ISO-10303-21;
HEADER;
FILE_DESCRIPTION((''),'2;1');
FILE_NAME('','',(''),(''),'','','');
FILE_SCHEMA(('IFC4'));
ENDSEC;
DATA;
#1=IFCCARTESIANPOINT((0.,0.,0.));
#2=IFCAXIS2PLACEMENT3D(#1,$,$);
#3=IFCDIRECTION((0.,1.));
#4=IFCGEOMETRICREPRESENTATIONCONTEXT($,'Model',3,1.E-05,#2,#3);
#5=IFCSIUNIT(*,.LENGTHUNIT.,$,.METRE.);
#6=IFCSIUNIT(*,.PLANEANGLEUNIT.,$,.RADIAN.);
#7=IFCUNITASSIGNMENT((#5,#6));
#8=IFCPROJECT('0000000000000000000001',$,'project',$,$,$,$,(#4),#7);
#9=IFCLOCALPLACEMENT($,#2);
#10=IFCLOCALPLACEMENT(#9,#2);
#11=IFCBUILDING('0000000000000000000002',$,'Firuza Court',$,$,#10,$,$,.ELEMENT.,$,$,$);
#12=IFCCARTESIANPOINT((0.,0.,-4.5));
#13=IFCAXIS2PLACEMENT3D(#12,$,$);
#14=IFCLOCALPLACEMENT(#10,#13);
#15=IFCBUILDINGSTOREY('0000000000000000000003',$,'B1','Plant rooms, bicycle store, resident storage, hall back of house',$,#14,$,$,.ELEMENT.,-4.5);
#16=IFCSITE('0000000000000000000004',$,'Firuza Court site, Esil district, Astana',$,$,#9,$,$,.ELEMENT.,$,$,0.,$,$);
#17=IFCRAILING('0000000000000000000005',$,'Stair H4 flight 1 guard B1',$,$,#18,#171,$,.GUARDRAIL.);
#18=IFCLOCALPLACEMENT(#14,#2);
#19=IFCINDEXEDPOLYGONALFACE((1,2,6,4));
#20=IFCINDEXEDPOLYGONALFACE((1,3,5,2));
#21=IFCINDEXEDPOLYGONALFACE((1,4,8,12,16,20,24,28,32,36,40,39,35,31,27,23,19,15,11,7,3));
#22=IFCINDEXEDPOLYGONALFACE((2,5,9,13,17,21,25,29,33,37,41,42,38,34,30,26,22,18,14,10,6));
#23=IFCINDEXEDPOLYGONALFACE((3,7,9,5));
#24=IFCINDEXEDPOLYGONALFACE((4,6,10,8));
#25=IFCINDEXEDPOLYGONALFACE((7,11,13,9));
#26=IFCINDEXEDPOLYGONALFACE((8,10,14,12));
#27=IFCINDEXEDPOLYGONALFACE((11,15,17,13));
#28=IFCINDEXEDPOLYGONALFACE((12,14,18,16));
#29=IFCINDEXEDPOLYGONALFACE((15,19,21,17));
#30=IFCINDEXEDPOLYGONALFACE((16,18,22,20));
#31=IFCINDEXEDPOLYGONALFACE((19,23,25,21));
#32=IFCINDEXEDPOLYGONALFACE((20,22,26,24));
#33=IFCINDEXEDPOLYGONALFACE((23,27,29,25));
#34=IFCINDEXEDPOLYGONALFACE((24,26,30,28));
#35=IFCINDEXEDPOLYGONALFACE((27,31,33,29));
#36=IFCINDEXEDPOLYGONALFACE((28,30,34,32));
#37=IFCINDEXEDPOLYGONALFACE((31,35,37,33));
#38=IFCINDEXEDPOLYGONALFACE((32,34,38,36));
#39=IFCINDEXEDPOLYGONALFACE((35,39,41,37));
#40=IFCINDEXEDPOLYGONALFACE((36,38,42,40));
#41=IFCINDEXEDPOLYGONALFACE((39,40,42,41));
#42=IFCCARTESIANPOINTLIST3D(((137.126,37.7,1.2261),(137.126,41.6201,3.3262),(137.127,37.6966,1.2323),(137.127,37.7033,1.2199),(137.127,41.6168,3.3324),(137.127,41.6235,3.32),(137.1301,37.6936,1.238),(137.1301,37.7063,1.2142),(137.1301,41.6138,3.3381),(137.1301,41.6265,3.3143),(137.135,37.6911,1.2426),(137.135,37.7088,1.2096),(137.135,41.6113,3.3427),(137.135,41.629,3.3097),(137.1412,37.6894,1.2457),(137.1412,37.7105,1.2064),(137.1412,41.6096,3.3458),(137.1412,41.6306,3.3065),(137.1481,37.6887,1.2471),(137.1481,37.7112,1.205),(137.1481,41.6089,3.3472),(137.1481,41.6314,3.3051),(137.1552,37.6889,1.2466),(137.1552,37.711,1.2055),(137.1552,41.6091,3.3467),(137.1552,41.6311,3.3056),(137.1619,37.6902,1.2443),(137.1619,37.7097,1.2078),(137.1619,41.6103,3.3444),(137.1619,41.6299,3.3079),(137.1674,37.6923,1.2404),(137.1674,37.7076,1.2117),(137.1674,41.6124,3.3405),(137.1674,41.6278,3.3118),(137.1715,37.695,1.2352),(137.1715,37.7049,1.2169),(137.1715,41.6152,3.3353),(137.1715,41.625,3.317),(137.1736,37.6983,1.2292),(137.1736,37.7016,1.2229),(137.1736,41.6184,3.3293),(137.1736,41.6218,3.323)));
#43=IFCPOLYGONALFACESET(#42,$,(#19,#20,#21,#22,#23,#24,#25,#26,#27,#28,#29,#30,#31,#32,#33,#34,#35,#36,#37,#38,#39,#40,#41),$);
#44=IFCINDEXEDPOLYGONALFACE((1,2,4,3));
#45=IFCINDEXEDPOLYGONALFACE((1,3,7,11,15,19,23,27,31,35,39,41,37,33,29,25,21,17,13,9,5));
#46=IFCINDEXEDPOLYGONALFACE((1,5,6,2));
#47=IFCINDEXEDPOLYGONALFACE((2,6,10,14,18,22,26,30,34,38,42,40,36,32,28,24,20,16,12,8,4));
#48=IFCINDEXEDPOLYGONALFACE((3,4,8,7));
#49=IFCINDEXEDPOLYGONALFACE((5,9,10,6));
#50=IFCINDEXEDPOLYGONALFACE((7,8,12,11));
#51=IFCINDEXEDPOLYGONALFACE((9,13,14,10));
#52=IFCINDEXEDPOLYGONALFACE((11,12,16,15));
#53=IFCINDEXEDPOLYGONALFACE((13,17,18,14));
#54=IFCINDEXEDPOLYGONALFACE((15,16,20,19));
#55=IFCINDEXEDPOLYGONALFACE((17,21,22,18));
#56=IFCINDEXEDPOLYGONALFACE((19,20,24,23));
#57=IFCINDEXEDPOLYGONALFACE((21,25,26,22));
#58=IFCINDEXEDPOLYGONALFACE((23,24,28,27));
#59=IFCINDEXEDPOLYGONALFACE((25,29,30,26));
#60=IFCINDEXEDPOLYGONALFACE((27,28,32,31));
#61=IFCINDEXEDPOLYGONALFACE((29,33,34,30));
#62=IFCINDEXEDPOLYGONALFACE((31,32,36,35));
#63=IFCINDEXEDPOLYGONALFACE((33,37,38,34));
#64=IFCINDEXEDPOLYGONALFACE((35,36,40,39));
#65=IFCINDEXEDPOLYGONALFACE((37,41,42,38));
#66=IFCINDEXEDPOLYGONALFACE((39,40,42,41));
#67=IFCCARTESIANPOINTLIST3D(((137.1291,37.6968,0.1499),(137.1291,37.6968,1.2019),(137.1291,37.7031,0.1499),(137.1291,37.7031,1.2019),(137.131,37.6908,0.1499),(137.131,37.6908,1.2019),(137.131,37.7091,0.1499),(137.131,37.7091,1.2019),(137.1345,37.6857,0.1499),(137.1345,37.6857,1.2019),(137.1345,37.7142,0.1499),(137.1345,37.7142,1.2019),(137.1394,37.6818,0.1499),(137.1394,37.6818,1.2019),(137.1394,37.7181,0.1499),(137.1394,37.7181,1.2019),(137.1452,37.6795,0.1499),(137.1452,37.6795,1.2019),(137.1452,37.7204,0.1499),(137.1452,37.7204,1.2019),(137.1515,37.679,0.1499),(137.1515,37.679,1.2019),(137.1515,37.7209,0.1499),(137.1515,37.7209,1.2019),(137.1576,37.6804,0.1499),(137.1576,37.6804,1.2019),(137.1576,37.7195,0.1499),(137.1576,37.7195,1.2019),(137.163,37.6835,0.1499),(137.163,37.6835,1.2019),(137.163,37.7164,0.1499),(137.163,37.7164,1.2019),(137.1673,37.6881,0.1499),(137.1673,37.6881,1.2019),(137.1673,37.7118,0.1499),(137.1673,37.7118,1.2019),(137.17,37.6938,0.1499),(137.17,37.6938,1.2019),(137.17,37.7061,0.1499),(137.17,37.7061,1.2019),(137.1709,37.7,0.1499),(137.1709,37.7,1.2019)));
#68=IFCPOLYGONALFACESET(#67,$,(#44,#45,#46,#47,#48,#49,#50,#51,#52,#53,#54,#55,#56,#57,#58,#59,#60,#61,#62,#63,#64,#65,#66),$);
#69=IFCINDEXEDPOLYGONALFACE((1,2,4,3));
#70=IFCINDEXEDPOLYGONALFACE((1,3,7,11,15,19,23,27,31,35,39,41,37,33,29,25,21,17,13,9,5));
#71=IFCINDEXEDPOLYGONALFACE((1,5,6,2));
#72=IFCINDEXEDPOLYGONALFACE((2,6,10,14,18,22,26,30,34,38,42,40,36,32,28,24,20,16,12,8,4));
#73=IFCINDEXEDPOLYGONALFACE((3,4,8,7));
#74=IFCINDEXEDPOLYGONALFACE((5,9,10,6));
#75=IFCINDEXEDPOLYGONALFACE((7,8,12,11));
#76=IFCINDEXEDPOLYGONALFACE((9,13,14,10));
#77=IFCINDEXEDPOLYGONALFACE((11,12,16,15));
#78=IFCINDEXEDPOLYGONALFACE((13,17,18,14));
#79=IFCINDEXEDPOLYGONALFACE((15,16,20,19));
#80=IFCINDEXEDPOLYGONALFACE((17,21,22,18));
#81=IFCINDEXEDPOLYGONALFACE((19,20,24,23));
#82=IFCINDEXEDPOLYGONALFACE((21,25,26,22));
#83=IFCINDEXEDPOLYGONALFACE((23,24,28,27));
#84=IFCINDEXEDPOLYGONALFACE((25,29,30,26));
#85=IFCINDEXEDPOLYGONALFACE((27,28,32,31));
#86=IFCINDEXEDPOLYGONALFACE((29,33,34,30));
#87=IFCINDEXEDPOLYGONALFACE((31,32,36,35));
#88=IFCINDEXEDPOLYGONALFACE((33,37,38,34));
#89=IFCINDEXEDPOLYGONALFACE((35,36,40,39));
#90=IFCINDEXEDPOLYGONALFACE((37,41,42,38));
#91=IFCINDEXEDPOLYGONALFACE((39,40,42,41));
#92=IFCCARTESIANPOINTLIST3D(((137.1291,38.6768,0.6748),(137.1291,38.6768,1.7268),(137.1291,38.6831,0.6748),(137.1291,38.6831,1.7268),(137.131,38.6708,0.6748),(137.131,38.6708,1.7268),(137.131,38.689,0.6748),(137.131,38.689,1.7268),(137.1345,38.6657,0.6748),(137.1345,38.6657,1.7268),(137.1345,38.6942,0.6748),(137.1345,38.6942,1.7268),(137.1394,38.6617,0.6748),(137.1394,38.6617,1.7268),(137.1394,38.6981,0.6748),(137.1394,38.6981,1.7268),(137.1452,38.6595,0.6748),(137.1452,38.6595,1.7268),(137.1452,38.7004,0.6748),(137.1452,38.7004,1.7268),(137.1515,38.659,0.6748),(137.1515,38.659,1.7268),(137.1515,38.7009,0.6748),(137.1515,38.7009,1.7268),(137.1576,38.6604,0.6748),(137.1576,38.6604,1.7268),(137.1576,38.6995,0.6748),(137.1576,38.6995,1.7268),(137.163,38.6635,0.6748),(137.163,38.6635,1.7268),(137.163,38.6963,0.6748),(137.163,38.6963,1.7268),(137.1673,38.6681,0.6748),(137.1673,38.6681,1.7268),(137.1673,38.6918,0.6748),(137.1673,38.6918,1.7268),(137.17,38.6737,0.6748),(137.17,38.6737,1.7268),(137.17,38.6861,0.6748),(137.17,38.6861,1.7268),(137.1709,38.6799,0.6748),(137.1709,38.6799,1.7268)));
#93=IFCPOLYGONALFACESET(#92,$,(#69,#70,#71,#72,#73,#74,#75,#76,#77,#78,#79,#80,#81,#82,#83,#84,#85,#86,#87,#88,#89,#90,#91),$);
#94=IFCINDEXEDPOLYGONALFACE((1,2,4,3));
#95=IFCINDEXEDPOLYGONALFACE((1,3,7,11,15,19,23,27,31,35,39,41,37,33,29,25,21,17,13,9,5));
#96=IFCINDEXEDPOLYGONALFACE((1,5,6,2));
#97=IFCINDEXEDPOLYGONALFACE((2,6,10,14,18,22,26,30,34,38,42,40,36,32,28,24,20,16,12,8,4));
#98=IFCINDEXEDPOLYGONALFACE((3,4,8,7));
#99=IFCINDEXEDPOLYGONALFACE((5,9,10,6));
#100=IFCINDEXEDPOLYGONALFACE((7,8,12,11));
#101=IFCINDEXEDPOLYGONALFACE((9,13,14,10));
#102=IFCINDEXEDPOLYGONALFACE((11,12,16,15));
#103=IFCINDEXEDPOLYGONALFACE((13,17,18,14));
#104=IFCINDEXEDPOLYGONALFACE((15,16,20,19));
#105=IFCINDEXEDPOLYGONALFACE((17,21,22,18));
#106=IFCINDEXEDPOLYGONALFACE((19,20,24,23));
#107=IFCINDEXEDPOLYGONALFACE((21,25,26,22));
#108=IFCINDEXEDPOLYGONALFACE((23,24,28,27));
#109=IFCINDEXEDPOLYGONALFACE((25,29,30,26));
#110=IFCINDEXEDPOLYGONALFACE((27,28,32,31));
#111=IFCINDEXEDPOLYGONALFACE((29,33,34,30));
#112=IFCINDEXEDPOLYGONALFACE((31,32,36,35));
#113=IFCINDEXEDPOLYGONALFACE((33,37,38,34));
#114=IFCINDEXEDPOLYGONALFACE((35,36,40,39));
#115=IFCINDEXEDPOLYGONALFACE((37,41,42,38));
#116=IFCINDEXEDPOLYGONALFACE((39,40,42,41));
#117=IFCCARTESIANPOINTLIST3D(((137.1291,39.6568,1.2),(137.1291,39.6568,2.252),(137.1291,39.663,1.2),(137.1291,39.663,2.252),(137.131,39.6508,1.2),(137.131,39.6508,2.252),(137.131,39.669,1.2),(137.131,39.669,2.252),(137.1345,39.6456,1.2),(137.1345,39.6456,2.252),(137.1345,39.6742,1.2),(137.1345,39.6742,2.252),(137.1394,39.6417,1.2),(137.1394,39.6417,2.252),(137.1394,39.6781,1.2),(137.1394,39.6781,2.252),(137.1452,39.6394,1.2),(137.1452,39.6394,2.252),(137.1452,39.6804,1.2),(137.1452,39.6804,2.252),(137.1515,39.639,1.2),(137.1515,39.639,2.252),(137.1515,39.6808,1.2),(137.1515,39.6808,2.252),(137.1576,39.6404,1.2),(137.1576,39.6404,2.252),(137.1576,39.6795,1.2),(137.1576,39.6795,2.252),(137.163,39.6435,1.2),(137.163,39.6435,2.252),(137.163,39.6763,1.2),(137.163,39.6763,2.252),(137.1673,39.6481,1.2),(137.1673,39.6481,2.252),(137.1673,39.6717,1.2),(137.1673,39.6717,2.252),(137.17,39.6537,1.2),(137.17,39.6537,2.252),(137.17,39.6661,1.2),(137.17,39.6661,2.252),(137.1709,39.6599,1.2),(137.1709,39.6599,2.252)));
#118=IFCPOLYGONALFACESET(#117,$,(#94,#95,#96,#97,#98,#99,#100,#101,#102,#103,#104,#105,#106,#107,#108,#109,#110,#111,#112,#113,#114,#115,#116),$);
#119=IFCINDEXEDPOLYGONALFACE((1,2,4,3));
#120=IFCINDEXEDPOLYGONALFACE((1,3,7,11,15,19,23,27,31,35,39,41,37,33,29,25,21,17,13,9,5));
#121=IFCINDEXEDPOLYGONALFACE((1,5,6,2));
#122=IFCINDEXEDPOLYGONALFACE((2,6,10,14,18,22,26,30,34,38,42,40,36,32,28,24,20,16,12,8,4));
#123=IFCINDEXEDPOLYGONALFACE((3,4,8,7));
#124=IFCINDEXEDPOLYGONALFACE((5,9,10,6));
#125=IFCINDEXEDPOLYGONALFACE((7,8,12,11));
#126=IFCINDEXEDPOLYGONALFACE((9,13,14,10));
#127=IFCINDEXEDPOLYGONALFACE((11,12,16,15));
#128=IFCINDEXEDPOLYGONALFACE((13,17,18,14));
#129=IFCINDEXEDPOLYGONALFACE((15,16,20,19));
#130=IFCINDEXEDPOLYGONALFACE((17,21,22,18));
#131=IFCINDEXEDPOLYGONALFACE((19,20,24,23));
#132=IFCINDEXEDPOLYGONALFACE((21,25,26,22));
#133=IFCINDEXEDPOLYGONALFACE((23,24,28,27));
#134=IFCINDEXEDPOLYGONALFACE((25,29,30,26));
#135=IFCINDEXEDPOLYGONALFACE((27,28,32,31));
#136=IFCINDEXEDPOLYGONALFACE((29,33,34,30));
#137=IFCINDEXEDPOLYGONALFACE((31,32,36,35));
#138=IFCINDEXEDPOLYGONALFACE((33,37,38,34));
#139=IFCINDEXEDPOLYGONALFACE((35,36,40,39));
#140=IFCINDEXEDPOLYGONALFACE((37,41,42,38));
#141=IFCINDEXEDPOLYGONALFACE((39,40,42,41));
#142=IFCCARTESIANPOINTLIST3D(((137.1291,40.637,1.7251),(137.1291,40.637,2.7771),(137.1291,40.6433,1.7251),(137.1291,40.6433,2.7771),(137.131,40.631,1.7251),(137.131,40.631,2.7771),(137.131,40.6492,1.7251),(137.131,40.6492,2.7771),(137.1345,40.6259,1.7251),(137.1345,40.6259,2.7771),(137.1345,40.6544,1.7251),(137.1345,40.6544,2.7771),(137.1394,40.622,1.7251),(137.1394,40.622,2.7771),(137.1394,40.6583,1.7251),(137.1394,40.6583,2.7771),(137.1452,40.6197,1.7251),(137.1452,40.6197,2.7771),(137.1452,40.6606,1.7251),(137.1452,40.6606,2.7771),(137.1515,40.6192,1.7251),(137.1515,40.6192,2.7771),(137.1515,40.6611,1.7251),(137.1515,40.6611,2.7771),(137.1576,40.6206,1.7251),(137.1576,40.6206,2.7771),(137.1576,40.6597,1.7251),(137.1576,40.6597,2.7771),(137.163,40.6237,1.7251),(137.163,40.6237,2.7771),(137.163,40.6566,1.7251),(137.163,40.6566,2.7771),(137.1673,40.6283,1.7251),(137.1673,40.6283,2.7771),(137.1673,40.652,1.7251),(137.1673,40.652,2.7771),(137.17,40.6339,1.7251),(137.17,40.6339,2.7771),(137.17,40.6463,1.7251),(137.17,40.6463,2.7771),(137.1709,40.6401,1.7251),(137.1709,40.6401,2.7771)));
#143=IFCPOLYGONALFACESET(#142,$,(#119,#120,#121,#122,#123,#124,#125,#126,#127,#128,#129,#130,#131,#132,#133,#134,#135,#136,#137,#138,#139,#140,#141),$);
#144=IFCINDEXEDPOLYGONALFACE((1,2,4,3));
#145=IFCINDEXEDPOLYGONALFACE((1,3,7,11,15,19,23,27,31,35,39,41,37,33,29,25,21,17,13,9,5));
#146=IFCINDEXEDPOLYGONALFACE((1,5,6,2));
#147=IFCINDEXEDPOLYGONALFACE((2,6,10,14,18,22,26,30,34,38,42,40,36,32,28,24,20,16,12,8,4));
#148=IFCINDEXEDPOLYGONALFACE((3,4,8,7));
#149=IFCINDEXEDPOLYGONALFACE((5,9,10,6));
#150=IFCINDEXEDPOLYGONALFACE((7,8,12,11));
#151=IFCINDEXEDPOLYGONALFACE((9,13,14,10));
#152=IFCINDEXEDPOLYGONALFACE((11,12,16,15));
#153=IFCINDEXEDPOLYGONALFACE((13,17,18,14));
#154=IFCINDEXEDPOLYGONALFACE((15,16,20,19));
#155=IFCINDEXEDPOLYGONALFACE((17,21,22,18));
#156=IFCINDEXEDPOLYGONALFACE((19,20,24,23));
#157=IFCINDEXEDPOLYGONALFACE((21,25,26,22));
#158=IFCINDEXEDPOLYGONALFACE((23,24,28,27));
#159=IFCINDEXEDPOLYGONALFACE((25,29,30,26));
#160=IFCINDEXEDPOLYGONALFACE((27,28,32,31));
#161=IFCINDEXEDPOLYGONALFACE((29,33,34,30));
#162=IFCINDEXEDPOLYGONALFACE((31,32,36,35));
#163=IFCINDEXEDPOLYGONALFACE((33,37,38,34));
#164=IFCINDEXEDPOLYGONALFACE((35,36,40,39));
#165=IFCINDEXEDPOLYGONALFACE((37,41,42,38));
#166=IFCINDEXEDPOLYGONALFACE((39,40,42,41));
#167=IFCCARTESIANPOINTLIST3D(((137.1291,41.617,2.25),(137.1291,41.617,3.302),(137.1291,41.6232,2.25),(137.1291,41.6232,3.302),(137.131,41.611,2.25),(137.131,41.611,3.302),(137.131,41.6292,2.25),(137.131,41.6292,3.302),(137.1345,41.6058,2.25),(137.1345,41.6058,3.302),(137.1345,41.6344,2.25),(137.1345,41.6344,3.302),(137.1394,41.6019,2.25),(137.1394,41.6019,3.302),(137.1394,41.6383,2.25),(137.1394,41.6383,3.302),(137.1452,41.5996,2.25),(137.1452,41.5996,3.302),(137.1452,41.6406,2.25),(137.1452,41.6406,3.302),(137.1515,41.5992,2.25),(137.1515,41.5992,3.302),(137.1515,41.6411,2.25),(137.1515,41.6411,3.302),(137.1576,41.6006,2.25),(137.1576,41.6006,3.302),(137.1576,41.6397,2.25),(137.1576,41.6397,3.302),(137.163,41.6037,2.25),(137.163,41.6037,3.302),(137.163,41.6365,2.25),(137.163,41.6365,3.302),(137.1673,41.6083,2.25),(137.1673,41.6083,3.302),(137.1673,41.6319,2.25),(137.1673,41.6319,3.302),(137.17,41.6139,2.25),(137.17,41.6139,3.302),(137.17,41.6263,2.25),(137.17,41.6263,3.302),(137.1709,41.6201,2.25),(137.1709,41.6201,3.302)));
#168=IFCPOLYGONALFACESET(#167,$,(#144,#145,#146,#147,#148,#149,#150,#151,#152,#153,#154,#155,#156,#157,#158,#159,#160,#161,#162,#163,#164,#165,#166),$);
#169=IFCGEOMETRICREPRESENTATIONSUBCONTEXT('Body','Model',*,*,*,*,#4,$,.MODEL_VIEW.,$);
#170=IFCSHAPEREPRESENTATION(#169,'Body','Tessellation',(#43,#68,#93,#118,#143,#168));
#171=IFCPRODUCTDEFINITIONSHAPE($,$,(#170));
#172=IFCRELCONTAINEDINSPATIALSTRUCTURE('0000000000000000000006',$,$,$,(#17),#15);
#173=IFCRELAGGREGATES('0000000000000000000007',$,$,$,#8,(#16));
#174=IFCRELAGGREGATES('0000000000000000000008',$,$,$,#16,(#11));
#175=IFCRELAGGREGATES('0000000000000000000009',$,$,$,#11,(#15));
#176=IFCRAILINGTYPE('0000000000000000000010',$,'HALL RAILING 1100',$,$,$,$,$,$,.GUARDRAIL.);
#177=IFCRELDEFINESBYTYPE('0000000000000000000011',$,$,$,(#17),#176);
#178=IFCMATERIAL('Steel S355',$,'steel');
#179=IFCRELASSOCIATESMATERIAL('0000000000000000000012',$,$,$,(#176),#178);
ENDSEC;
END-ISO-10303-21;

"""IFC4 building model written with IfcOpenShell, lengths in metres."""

from ifc_helpers import new_model, si_unit, direction, frame, origin, origin_2d, place, context, subcontext, project, spatial, circle, extrude, material, type_object, element, save


model = new_model("IFC4")

# Units and contexts
model_context = context("Model", 3, precision=1e-05, world=origin(), true_north=direction((0.0, 1.0)))
body_context = subcontext(model_context, "Body", "Model", "MODEL_VIEW")
ifc_project = project(units=[si_unit("LENGTHUNIT", "METRE"), si_unit("PLANEANGLEUNIT", "RADIAN")], contexts=[model_context])

# Site, building, storey
site_placement = place(None, origin())
site = spatial("IfcSite", under=ifc_project, at=site_placement, Name="Firuza Court site, Esil district, Astana", CompositionType="ELEMENT", RefElevation=0.0)
building_placement = place(site_placement, origin())
building = spatial("IfcBuilding", under=site, at=building_placement, Name="Firuza Court", CompositionType="ELEMENT")
storey_placement = place(building_placement, frame((0.0, 0.0, -4.5)))
storey = spatial("IfcBuildingStorey", under=building, at=storey_placement, Name="B1", Description="Plant rooms, bicycle store, resident storage, hall back of house", CompositionType="ELEMENT", Elevation=-4.5)

# Railing
ifc_material_1 = material(Name="Steel S355", Category="steel")
railing_type_1 = type_object("IfcRailingType", Name="HALL RAILING 1100", PredefinedType="GUARDRAIL", material=ifc_material_1)
railing_1_placement = place(storey_placement, frame((137.1499, 37.7, 0.1499)))
element("IfcRailing", 1, at=railing_1_placement, inside=storey, type_object=railing_type_1, Name="Stair H4 flight 1 guard B1", PredefinedType="GUARDRAIL", context=body_context, shape_type="SweptSolid", body=[
    extrude(circle(Radius=0.0239, at=origin_2d()), frame((0.0, 0.0, 1.0762), z_axis=(0.0, 0.881479, 0.472223), x_axis=(-1.0, 0.0, 0.0)), (0.0, 0.0, 1.0), 4.4473),
    extrude(circle(Radius=0.021, at=origin_2d()), origin(), (0.0, 0.0, 1.0), 1.052),
    extrude(circle(Radius=0.021, at=origin_2d()), frame((0.0, 0.98, 0.5249)), (0.0, 0.0, 1.0), 1.052),
    extrude(circle(Radius=0.021, at=origin_2d()), frame((0.0, 1.96, 1.05)), (0.0, 0.0, 1.0), 1.052),
    extrude(circle(Radius=0.021, at=origin_2d()), frame((0.0, 2.9402, 1.5752)), (0.0, 0.0, 1.0), 1.052),
    extrude(circle(Radius=0.021, at=origin_2d()), frame((0.0, 3.9202, 2.1001)), (0.0, 0.0, 1.0), 1.052),
])

save(model, "model.ifc")
